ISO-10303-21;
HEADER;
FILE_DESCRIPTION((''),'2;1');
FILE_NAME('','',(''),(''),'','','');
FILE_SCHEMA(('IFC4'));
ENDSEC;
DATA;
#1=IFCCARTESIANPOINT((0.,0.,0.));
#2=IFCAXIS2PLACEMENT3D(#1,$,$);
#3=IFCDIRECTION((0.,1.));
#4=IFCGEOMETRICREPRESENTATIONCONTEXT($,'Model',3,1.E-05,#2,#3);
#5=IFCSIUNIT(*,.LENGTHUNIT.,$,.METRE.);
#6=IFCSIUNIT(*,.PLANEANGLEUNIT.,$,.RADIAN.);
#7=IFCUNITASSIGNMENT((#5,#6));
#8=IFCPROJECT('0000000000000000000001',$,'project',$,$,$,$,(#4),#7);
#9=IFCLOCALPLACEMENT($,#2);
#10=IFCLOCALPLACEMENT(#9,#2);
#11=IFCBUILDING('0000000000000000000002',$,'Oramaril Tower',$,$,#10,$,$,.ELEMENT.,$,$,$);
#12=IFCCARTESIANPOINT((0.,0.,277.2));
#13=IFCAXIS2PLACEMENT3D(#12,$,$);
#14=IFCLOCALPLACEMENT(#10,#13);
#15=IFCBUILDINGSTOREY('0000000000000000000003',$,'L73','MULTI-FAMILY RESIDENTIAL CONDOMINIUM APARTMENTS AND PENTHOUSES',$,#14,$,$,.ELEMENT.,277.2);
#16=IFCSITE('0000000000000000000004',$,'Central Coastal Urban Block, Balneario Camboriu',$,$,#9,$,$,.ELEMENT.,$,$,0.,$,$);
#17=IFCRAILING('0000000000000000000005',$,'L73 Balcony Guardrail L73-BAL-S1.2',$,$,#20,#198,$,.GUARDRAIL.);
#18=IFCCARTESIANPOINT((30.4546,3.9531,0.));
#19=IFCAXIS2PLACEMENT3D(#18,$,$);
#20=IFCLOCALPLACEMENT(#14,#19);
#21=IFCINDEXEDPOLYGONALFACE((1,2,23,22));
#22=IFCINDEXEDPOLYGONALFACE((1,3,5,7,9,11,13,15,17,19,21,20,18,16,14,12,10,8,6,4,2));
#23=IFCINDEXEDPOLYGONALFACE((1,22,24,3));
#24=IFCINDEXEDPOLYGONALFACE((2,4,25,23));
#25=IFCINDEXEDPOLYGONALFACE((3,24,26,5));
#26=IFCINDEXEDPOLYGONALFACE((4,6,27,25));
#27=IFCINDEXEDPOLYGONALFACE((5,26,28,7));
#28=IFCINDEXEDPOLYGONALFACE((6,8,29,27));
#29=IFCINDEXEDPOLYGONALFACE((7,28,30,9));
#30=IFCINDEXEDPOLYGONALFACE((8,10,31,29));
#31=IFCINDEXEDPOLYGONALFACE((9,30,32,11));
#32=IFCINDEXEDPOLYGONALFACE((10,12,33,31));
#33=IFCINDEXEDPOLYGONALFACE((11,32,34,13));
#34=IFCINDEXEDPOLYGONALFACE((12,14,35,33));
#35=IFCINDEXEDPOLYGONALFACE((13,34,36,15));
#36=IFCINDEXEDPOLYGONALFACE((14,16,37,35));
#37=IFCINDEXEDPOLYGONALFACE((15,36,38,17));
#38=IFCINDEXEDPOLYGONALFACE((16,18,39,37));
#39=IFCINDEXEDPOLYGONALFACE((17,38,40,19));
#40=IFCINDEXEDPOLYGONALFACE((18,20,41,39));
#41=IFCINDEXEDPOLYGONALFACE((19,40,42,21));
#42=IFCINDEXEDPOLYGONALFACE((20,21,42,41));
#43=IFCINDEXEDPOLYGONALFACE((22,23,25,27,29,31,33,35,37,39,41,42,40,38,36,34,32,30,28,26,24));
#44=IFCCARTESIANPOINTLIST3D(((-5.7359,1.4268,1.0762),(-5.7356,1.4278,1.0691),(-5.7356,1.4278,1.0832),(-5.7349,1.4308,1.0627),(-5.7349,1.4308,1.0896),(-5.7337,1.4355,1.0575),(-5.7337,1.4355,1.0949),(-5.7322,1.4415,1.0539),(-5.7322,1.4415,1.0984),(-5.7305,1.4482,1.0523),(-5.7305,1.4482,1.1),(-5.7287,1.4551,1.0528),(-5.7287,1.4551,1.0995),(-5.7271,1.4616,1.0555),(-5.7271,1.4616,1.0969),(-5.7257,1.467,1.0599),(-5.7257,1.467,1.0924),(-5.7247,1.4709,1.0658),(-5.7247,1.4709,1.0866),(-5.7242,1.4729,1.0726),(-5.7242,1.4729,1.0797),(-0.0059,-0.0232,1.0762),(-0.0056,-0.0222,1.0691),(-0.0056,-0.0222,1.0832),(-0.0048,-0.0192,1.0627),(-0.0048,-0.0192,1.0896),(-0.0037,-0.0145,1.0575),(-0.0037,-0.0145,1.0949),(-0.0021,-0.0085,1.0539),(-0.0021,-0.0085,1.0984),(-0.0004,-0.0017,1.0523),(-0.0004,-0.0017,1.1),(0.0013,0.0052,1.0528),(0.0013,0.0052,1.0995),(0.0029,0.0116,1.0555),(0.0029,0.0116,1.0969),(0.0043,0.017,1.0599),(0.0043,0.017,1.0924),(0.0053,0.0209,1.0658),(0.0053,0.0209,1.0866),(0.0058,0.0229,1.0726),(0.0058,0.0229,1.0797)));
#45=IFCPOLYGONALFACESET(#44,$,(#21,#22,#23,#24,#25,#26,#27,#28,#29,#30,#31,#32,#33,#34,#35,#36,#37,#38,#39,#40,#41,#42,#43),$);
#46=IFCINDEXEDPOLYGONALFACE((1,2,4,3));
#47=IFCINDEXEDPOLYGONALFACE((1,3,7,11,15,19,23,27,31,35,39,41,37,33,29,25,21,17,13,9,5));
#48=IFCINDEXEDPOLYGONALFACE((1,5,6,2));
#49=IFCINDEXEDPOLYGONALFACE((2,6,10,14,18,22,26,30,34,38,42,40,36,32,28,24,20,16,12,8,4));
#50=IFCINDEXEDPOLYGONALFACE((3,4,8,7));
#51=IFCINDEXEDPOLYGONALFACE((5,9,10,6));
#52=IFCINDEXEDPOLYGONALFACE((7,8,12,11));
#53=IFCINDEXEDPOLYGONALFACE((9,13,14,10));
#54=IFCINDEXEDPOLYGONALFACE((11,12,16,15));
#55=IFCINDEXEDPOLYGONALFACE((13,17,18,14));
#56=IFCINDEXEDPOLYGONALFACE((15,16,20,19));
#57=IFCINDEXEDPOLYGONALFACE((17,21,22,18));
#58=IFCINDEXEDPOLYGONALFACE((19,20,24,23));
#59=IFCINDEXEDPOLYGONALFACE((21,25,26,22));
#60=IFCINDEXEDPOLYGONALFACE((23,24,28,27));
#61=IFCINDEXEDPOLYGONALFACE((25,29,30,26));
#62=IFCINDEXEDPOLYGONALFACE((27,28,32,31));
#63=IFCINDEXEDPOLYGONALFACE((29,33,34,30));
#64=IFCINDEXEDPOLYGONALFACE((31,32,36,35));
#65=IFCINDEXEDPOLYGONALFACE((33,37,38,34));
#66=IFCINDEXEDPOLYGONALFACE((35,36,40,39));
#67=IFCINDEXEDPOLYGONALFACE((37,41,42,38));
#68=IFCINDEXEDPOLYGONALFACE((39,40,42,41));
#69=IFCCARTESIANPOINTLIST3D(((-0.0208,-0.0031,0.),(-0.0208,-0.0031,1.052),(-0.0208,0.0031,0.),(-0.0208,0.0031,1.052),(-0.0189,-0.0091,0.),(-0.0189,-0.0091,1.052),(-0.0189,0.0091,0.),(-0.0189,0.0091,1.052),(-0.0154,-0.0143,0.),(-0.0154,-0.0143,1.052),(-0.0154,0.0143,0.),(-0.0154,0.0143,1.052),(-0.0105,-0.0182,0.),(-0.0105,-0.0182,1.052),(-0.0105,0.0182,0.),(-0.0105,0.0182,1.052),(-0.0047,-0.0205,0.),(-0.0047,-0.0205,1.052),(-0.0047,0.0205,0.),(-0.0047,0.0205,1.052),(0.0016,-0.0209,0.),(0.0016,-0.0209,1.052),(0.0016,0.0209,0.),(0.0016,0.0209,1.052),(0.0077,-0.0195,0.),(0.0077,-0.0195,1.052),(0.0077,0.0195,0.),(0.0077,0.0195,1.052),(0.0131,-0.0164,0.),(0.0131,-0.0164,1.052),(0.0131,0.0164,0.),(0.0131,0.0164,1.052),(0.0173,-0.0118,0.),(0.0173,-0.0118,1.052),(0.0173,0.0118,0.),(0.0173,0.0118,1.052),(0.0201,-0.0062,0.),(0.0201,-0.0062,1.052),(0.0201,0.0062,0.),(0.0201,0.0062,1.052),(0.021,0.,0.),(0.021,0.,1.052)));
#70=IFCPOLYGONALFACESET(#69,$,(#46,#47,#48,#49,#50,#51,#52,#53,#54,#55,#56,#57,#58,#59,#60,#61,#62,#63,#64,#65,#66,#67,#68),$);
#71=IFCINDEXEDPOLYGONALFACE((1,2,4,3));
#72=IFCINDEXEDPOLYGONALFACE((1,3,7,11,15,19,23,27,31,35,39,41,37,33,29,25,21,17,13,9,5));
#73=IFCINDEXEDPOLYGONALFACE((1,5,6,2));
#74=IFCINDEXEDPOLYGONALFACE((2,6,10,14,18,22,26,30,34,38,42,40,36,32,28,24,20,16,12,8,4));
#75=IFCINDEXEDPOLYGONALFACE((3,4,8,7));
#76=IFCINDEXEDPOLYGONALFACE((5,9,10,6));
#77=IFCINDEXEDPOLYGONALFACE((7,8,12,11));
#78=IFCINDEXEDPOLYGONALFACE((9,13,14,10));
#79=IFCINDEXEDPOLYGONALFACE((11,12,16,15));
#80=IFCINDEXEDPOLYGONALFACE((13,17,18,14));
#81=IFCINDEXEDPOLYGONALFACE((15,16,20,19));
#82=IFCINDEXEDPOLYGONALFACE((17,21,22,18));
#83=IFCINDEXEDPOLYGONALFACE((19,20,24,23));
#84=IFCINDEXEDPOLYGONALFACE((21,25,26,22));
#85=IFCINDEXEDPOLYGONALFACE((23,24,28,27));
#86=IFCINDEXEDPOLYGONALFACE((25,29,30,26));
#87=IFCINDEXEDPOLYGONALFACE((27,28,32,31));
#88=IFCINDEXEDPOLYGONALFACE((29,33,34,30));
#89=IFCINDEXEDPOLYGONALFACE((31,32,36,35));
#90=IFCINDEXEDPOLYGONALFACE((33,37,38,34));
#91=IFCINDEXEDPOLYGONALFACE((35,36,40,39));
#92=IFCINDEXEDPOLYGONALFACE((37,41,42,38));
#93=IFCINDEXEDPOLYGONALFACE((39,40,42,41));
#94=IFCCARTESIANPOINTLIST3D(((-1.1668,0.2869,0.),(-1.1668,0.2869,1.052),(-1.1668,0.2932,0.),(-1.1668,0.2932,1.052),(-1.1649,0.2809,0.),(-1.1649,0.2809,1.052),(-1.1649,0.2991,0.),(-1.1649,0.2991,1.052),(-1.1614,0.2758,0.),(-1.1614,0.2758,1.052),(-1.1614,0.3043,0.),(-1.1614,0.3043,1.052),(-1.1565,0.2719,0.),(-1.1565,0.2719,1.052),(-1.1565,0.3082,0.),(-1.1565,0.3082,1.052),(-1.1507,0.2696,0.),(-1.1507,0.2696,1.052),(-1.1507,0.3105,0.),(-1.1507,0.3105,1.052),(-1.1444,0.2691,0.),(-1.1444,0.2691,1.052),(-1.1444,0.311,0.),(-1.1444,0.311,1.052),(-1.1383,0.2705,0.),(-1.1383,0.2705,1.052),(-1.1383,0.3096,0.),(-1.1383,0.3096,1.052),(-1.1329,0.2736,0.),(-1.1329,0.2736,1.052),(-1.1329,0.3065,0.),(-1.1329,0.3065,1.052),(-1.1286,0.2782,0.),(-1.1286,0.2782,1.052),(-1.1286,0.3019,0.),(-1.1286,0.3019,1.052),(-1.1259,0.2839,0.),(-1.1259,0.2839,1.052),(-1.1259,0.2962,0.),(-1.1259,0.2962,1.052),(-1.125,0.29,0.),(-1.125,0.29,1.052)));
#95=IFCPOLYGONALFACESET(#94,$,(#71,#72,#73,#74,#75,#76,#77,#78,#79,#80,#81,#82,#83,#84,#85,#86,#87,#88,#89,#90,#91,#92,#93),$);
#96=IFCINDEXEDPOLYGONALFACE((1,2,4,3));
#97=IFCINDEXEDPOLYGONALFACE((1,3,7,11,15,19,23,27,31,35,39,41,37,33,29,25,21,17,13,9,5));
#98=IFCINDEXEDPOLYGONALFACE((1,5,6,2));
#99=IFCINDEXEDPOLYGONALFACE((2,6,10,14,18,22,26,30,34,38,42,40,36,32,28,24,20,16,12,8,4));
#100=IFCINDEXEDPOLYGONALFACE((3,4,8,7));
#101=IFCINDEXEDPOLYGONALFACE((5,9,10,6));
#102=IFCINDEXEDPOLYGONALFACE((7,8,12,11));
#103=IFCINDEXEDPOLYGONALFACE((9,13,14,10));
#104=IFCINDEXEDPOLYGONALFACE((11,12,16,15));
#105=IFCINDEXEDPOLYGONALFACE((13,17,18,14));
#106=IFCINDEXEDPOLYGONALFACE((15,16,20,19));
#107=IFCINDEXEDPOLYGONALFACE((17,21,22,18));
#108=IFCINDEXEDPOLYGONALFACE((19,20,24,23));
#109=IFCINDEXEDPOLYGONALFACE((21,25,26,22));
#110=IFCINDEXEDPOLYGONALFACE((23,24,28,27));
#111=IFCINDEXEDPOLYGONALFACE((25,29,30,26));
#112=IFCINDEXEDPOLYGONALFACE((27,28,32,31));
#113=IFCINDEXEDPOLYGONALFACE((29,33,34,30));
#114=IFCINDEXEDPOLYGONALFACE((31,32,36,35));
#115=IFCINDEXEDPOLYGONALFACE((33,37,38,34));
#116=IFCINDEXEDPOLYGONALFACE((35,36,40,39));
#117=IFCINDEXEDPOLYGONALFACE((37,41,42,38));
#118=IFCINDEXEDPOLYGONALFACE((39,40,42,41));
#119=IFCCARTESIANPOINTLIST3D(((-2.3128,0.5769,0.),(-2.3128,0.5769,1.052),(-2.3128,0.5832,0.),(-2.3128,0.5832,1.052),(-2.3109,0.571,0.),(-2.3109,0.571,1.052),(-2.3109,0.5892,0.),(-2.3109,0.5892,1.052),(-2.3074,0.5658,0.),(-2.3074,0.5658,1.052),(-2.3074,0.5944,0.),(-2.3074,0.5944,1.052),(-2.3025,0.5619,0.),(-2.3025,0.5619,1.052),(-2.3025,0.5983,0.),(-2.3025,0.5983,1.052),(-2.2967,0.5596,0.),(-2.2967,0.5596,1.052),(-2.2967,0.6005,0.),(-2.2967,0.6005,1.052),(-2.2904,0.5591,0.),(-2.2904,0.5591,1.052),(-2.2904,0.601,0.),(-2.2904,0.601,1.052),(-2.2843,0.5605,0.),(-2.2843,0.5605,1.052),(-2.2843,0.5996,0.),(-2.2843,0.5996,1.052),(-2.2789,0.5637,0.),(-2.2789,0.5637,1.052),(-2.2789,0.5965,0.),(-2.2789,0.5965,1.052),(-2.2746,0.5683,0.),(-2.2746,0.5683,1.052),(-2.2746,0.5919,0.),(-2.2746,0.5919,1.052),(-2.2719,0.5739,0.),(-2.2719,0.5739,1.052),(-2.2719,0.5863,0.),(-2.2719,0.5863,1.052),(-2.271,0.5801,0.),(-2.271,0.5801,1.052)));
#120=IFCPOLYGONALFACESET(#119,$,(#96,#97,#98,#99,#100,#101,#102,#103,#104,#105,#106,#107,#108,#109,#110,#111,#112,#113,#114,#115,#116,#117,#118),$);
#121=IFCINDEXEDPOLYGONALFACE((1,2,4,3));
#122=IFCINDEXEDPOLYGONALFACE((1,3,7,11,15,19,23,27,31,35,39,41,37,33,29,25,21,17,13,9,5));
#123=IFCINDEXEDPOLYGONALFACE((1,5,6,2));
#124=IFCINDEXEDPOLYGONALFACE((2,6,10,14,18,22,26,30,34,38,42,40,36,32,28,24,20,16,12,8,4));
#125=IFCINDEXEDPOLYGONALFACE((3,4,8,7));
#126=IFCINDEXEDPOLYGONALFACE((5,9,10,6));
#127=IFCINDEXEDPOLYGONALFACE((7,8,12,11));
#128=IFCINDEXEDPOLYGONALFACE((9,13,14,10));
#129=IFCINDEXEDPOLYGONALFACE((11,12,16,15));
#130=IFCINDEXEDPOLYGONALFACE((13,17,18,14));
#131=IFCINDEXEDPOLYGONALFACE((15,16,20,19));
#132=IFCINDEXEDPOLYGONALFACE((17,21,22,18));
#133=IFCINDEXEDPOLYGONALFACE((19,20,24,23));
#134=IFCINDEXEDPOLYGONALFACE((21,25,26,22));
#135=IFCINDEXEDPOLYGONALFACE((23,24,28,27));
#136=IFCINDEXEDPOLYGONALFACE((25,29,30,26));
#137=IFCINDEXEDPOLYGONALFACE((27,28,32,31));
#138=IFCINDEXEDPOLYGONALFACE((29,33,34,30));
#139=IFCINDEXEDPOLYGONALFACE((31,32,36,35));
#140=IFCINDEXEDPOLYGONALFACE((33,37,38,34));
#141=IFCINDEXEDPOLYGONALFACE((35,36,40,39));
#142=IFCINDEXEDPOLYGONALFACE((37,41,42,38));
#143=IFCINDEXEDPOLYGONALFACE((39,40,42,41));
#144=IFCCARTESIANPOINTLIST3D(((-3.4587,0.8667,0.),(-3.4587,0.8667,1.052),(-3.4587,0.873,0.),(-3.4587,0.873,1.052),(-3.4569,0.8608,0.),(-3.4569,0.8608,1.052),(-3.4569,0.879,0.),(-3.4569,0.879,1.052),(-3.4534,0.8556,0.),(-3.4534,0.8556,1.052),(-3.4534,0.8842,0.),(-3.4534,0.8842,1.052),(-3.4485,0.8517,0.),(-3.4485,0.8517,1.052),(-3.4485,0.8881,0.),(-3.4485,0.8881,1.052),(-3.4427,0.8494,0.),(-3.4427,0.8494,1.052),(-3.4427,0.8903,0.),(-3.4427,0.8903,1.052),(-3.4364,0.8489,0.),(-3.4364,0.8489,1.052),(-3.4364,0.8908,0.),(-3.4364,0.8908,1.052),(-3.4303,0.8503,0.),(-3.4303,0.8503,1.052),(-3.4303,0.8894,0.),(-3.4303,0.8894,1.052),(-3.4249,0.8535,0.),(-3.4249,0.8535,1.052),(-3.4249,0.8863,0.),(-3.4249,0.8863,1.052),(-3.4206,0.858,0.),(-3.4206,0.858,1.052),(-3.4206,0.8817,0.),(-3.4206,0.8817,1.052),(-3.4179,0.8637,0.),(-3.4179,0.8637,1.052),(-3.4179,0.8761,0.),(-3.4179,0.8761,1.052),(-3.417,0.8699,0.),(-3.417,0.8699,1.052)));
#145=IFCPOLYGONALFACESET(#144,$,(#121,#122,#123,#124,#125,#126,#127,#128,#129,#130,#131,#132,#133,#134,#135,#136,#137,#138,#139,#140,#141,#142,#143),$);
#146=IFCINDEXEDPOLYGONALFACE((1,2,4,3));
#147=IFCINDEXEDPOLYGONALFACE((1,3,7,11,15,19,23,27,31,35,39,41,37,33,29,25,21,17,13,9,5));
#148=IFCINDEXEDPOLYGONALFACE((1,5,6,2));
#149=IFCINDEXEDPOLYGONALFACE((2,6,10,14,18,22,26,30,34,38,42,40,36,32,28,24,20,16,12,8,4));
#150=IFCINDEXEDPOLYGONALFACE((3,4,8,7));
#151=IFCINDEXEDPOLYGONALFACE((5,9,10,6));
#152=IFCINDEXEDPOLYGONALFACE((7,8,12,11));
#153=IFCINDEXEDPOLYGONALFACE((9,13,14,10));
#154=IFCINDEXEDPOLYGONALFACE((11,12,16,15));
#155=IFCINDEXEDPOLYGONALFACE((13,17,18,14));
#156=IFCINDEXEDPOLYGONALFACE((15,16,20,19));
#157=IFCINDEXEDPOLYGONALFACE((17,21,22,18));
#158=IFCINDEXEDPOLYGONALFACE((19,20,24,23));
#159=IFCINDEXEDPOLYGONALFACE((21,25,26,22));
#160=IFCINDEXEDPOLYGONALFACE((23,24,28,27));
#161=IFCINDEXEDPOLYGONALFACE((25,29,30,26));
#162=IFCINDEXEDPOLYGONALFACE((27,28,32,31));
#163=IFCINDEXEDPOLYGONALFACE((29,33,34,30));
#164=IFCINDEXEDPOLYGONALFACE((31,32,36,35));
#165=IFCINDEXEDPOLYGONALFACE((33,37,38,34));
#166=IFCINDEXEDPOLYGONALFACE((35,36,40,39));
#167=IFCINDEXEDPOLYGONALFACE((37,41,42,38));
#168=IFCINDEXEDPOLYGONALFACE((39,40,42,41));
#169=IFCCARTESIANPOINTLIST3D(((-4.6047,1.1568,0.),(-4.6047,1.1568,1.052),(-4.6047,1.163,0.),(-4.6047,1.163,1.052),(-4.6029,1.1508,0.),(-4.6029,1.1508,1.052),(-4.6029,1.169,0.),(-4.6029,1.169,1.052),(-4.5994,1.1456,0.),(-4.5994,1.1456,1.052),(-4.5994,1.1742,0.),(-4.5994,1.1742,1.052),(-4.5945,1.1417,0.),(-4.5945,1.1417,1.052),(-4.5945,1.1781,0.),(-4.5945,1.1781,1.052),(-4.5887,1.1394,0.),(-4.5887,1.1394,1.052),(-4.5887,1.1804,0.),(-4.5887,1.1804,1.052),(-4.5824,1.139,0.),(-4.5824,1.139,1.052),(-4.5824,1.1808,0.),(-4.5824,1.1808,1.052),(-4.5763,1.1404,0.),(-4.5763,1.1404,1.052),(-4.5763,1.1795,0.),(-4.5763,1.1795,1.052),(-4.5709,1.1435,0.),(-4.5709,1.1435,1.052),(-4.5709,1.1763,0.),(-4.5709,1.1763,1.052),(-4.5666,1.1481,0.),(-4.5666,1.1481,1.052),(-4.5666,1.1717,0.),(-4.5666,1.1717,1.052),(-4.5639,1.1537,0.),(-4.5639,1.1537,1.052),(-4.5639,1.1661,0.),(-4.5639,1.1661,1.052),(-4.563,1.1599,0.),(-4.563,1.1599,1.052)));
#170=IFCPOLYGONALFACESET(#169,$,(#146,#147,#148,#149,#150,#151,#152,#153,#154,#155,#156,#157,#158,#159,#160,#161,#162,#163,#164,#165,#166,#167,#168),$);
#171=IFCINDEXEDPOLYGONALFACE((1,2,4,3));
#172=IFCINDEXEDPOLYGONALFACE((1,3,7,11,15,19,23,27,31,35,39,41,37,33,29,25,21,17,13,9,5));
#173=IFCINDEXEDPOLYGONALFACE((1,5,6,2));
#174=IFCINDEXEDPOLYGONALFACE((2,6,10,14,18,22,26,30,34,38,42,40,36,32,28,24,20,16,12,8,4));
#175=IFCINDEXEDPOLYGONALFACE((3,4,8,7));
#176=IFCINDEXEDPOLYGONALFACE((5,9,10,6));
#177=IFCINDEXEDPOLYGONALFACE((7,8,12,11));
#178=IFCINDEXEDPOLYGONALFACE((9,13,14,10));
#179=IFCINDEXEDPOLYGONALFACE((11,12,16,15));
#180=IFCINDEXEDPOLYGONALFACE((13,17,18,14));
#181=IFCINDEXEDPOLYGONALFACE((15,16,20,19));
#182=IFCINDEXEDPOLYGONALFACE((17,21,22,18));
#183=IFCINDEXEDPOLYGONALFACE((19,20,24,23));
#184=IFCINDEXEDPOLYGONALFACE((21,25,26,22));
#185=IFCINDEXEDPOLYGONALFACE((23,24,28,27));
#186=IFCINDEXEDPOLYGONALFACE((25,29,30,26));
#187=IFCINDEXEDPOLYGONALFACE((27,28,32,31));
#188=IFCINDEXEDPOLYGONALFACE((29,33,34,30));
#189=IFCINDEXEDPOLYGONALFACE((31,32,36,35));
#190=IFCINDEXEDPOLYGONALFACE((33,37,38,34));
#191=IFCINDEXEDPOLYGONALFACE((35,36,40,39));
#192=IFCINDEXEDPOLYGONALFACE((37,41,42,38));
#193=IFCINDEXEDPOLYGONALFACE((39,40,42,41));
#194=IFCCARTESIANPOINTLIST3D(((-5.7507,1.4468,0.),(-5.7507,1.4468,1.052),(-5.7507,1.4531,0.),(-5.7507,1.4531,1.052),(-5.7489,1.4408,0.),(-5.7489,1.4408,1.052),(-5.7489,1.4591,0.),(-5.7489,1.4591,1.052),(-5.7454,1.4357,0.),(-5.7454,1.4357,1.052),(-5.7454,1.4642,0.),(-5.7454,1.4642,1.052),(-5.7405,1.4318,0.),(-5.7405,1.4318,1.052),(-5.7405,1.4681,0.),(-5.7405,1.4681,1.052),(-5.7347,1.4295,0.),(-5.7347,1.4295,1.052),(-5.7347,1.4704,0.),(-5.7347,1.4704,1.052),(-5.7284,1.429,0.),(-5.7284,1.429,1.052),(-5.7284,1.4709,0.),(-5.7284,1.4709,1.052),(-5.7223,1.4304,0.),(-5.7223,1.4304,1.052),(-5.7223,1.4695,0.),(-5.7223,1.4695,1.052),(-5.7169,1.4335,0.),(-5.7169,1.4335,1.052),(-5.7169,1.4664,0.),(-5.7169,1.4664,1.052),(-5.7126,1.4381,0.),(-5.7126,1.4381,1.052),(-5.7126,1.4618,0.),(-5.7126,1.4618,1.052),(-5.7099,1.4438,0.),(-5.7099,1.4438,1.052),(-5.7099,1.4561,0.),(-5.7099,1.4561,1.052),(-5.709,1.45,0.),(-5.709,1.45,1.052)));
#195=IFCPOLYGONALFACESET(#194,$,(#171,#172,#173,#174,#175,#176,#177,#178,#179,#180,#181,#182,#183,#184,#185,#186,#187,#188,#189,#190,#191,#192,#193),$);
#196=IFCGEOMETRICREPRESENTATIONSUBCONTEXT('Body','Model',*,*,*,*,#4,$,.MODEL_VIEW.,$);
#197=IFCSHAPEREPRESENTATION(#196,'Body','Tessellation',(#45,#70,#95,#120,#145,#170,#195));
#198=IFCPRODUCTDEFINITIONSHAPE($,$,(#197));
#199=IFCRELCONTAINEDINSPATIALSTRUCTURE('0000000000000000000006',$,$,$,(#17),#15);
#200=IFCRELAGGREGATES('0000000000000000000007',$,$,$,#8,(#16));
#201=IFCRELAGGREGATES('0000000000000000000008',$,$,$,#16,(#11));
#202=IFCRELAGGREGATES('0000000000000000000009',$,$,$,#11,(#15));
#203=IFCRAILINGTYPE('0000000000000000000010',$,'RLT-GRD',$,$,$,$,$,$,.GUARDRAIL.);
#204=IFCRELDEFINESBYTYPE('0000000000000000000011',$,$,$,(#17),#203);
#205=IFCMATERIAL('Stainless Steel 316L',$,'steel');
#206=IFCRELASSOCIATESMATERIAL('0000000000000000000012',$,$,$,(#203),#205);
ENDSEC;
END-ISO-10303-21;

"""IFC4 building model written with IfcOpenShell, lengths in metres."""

from ifc_helpers import new_model, si_unit, direction, frame, origin, origin_2d, place, context, subcontext, project, spatial, circle, extrude, material, type_object, element, save


model = new_model("IFC4")

# Units and contexts
model_context = context("Model", 3, precision=1e-05, world=origin(), true_north=direction((0.0, 1.0)))
body_context = subcontext(model_context, "Body", "Model", "MODEL_VIEW")
ifc_project = project(units=[si_unit("LENGTHUNIT", "METRE"), si_unit("PLANEANGLEUNIT", "RADIAN")], contexts=[model_context])

# Site, building, storey
site_placement = place(None, origin())
site = spatial("IfcSite", under=ifc_project, at=site_placement, Name="Central Coastal Urban Block, Balneario Camboriu", CompositionType="ELEMENT", RefElevation=0.0)
building_placement = place(site_placement, origin())
building = spatial("IfcBuilding", under=site, at=building_placement, Name="Oramaril Tower", CompositionType="ELEMENT")
storey_placement = place(building_placement, frame((0.0, 0.0, 277.2)))
storey = spatial("IfcBuildingStorey", under=building, at=storey_placement, Name="L73", Description="MULTI-FAMILY RESIDENTIAL CONDOMINIUM APARTMENTS AND PENTHOUSES", CompositionType="ELEMENT", Elevation=277.2)

# Railing
ifc_material_1 = material(Name="Stainless Steel 316L", Category="steel")
railing_type = type_object("IfcRailingType", Name="RLT-GRD", PredefinedType="GUARDRAIL", material=ifc_material_1)
railing_1_placement = place(storey_placement, frame((30.4546, 3.9531, 0.0)))
element("IfcRailing", 1, at=railing_1_placement, inside=storey, type_object=railing_type, Name="L73 Balcony Guardrail L73-BAL-S1.2", PredefinedType="GUARDRAIL", context=body_context, shape_type="SweptSolid", body=[
    extrude(circle(Radius=0.0239, at=origin_2d()), frame((0.0, 0.0, 1.0762), z_axis=(-0.969444, 0.245314, 0.0), x_axis=(-0.245314, -0.969444, 0.0)), (0.0, 0.0, 1.0), 5.9106),
    extrude(circle(Radius=0.021, at=origin_2d()), origin(), (0.0, 0.0, 1.0), 1.052),
    extrude(circle(Radius=0.021, at=origin_2d()), frame((-1.146, 0.29, 0.0)), (0.0, 0.0, 1.0), 1.052),
    extrude(circle(Radius=0.021, at=origin_2d()), frame((-2.292, 0.5801, 0.0)), (0.0, 0.0, 1.0), 1.052),
    extrude(circle(Radius=0.021, at=origin_2d()), frame((-3.438, 0.8699, 0.0)), (0.0, 0.0, 1.0), 1.052),
    extrude(circle(Radius=0.021, at=origin_2d()), frame((-4.584, 1.1599, 0.0)), (0.0, 0.0, 1.0), 1.052),
    extrude(circle(Radius=0.021, at=origin_2d()), frame((-5.73, 1.45, 0.0)), (0.0, 0.0, 1.0), 1.052),
])

save(model, "model.ifc")
